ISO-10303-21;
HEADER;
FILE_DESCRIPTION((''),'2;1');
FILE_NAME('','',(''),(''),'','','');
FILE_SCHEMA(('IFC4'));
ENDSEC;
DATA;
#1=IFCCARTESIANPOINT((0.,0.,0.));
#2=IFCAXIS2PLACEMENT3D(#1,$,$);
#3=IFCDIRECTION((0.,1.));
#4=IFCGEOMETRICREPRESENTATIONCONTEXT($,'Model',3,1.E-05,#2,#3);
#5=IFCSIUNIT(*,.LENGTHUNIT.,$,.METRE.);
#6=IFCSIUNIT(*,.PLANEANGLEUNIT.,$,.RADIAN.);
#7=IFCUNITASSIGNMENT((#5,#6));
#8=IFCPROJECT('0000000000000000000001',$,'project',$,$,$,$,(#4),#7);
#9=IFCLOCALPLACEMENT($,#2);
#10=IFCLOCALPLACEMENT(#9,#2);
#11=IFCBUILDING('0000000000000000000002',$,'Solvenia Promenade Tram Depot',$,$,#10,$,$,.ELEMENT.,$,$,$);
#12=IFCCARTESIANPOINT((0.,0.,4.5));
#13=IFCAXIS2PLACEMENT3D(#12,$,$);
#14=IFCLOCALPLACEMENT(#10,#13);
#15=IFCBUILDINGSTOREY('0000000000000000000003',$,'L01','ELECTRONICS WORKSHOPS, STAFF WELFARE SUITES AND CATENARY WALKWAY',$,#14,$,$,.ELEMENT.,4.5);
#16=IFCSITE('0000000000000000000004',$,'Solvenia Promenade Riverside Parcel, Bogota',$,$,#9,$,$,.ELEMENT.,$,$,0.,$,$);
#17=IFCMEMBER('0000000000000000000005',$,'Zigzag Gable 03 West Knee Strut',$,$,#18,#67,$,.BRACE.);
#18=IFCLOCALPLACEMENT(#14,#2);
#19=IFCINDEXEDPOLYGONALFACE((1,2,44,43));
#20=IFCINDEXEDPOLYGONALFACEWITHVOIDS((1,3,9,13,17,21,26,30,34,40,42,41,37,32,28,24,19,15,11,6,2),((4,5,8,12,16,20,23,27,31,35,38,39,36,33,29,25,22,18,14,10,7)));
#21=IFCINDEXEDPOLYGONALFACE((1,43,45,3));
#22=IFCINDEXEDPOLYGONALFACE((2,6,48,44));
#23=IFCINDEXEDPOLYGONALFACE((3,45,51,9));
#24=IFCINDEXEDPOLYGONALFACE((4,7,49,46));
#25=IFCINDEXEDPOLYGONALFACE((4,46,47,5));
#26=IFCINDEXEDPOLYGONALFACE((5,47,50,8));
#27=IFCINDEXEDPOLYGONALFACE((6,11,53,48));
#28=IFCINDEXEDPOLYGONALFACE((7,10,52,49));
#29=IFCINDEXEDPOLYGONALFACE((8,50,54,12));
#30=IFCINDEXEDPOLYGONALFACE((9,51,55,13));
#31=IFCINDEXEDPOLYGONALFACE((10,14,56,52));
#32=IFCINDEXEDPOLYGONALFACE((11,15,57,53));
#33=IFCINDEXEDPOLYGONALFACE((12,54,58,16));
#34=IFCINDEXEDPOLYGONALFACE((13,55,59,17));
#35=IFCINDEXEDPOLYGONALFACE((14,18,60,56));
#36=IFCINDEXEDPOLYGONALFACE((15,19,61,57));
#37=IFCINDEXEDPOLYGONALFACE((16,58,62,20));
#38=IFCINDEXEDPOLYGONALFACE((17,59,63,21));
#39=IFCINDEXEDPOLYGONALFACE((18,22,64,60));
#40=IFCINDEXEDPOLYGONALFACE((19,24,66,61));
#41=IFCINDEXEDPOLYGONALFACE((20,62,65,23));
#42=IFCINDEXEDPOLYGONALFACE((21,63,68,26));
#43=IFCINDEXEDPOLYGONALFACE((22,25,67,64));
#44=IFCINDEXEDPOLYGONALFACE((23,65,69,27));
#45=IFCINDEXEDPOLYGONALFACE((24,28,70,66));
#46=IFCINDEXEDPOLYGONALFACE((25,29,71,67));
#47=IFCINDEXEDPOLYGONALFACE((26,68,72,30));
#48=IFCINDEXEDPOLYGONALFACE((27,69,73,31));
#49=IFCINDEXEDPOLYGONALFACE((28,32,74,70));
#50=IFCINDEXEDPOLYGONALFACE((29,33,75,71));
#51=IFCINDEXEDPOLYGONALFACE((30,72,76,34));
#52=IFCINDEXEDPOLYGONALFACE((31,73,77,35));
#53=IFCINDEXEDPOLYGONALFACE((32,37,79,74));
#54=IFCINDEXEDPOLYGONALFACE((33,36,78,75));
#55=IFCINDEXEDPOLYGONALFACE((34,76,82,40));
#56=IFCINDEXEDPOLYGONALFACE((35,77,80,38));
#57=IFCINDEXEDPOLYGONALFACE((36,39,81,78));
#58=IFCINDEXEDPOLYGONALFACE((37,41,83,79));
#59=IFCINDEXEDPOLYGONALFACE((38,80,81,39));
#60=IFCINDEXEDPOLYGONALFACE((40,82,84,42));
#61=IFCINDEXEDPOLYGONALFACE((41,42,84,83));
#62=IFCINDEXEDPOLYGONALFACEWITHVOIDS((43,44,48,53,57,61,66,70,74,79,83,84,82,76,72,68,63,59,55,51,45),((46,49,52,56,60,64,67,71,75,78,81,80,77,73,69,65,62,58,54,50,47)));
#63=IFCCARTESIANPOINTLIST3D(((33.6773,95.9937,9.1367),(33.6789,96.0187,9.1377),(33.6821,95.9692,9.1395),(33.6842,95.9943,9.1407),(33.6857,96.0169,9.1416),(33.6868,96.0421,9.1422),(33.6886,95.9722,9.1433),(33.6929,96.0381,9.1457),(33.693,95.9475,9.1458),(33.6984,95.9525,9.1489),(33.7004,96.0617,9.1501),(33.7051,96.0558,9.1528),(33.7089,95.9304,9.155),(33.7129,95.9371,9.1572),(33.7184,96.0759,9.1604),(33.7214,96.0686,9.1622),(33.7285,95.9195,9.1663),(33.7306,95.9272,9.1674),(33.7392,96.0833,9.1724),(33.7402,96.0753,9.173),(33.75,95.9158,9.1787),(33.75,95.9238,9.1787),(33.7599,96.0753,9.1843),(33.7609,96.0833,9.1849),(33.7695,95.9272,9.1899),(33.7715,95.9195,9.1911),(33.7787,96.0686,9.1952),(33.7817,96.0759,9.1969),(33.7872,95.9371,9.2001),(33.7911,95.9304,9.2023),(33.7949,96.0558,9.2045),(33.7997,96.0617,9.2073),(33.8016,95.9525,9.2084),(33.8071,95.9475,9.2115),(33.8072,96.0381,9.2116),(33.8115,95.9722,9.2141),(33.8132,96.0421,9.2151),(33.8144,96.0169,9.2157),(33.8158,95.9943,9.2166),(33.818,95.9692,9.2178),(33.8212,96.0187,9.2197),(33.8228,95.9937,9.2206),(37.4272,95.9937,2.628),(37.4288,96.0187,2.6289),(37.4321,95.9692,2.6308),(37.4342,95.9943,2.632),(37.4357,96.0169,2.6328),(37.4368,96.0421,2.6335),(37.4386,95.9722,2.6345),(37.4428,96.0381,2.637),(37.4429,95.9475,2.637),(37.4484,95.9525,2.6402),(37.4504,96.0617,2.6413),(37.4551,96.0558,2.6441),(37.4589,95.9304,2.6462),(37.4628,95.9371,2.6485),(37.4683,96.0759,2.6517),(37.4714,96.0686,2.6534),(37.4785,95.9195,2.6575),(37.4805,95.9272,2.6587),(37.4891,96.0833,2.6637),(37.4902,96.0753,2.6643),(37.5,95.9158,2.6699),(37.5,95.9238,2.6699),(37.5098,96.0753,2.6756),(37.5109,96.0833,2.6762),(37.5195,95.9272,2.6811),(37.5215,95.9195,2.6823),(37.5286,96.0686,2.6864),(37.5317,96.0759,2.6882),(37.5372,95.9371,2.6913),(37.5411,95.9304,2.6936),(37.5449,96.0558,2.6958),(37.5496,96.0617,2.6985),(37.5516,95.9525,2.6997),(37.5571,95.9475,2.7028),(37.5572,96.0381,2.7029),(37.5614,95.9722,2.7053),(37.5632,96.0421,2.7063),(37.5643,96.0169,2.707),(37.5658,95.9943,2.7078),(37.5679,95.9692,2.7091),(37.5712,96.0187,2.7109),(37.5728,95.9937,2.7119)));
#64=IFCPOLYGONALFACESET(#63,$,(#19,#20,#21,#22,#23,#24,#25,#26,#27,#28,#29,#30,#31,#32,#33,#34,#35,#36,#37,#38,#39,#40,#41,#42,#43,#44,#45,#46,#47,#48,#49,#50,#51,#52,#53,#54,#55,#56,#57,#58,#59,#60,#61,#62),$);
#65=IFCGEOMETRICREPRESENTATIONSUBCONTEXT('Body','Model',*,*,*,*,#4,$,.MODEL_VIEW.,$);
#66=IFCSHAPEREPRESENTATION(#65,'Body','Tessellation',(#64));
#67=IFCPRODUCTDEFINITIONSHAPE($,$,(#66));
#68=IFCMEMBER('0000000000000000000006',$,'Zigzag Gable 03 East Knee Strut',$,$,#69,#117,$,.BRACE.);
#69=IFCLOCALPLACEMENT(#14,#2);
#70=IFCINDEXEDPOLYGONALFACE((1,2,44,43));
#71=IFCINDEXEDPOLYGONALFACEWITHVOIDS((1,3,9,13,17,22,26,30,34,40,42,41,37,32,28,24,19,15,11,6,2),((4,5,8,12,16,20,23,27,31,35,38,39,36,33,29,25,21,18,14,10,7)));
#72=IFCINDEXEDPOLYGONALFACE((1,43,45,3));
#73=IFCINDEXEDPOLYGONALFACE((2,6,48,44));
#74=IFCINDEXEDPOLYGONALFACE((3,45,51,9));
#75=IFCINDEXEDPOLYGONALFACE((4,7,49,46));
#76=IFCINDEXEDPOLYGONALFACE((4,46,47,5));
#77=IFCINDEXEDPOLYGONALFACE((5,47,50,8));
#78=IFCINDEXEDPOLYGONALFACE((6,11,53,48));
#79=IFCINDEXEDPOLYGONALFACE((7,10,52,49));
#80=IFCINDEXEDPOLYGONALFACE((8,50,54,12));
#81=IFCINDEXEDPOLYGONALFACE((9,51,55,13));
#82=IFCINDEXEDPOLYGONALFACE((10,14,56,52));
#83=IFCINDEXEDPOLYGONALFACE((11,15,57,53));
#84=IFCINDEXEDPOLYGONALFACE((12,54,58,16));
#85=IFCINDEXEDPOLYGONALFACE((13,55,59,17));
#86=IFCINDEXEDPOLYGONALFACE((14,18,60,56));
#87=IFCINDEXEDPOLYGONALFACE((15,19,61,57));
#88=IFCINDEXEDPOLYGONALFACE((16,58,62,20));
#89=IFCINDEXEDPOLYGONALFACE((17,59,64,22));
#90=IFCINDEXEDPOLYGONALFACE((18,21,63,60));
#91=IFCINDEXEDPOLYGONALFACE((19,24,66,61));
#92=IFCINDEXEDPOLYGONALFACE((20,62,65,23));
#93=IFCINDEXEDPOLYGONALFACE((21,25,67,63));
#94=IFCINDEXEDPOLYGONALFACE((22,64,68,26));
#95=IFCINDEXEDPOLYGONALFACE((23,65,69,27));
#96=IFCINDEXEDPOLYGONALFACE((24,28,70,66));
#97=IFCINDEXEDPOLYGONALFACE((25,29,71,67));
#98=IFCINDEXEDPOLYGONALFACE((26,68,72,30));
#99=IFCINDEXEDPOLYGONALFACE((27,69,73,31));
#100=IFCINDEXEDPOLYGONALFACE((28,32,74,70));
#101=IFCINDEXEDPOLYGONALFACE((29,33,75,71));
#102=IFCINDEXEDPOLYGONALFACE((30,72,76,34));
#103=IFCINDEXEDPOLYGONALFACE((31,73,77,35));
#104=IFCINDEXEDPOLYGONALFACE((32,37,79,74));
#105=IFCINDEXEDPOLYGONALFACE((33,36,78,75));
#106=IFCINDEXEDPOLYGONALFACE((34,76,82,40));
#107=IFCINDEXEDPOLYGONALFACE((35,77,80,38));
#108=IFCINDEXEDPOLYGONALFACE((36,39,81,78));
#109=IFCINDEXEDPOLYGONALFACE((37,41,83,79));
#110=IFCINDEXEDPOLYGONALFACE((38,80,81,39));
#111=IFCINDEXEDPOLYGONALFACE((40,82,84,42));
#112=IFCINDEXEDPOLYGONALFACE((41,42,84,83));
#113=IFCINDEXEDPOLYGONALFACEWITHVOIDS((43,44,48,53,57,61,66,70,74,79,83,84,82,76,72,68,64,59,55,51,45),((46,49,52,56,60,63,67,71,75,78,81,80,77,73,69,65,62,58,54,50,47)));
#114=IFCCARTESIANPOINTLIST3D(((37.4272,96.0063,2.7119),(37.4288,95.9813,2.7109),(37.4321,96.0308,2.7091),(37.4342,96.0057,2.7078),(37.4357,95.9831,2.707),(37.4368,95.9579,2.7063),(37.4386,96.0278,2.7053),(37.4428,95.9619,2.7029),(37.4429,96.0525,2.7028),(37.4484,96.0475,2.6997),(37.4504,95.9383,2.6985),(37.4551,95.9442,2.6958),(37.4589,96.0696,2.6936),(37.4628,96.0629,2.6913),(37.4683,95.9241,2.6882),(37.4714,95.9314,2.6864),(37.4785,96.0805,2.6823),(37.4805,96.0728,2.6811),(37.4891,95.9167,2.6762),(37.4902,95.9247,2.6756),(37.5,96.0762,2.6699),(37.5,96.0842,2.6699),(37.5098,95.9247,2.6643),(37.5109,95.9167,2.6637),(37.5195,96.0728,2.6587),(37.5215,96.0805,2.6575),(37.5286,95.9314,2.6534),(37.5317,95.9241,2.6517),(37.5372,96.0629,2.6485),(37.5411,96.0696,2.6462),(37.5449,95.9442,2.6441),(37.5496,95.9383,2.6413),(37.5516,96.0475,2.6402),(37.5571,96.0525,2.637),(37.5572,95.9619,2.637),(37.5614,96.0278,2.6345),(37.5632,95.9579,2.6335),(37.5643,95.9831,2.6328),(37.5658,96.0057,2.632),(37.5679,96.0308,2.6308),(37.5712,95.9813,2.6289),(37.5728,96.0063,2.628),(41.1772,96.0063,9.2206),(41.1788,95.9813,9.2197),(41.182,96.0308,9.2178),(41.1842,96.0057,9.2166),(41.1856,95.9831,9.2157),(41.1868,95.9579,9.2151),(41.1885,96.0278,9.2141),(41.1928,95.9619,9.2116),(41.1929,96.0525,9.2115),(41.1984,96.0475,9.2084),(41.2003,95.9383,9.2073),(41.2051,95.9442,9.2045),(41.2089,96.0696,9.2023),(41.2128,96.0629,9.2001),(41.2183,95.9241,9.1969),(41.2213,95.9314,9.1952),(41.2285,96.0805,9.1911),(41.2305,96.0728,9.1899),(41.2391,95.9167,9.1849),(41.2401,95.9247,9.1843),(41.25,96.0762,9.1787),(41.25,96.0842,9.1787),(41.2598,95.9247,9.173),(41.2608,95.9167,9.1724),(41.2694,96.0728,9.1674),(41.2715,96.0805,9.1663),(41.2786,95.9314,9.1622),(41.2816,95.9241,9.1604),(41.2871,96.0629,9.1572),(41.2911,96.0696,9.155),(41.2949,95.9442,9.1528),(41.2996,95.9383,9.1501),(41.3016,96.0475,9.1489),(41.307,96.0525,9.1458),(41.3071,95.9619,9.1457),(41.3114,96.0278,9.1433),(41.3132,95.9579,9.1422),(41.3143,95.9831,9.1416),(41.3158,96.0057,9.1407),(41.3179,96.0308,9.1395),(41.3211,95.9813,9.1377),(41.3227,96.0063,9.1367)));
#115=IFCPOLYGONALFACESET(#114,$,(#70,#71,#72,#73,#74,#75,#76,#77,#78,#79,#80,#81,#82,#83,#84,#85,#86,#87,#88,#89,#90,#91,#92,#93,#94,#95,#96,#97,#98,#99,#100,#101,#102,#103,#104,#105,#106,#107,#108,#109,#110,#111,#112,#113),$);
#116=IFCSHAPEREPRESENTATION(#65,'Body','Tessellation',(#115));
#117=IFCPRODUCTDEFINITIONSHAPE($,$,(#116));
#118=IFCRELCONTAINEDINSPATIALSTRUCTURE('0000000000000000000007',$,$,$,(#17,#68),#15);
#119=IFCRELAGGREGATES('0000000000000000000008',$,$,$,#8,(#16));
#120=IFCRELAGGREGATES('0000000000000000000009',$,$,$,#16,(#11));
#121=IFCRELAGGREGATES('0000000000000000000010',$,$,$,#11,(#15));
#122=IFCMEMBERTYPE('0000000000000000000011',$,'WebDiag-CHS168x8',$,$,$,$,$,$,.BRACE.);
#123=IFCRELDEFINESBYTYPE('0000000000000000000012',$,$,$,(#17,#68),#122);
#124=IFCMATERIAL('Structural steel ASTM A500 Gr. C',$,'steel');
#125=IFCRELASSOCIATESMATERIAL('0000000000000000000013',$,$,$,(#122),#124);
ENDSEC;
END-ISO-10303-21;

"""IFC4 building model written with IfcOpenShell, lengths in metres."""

from ifc_helpers import new_model, si_unit, direction, frame, origin, origin_2d, place, context, subcontext, project, spatial, hollow_circle, extrude, material, material_profile, profile_set, type_object, element, save


model = new_model("IFC4")

# Units and contexts
model_context = context("Model", 3, precision=1e-05, world=origin(), true_north=direction((0.0, 1.0)))
body_context = subcontext(model_context, "Body", "Model", "MODEL_VIEW")
ifc_project = project(units=[si_unit("LENGTHUNIT", "METRE"), si_unit("PLANEANGLEUNIT", "RADIAN")], contexts=[model_context])

# Site, building, storey
site_placement = place(None, origin())
site = spatial("IfcSite", under=ifc_project, at=site_placement, Name="Solvenia Promenade Riverside Parcel, Bogota", CompositionType="ELEMENT", RefElevation=0.0)
building_placement = place(site_placement, origin())
building = spatial("IfcBuilding", under=site, at=building_placement, Name="Solvenia Promenade Tram Depot", CompositionType="ELEMENT")
storey_placement = place(building_placement, frame((0.0, 0.0, 4.5)))
storey = spatial("IfcBuildingStorey", under=building, at=storey_placement, Name="L01", Description="ELECTRONICS WORKSHOPS, STAFF WELFARE SUITES AND CATENARY WALKWAY", CompositionType="ELEMENT", Elevation=4.5)

# Members
ifc_material = material(Name="Structural steel ASTM A500 Gr. C", Category="steel")
ifc_material_profile_1 = material_profile(ifc_material, hollow_circle(Radius=0.0842, WallThickness=0.0081, at=origin_2d()), Name="CHS168.3x8", Category="steel")
ifc_profile_set_1 = profile_set([ifc_material_profile_1], Name="Structural steel ASTM A500 Gr. C")
member_type_1 = type_object("IfcMemberType", Name="WebDiag-CHS168x8", PredefinedType="BRACE", material=ifc_profile_set_1)
for number, where, z_axis, x_axis, name in (
    (1, (37.5, 96.0, 2.6699), (-0.499216, 0.0, 0.866478), (0.0, -1.0, 0.0), "Zigzag Gable 03 West Knee Strut"),
    (2, (37.5, 96.0, 2.6699), (0.499216, 0.0, 0.866478), (0.0, 1.0, 0.0), "Zigzag Gable 03 East Knee Strut"),
):
    element("IfcMember", number, at=place(storey_placement, frame(where, z_axis=z_axis, x_axis=x_axis)), inside=storey, type_object=member_type_1, Name=name, PredefinedType="BRACE", context=body_context, shape_type="SweptSolid", body=[
        extrude(hollow_circle(Radius=0.0842, WallThickness=0.0081, at=origin_2d()), origin(), (0.0, 0.0, 1.0), 7.5117),
    ])

save(model, "model.ifc")
